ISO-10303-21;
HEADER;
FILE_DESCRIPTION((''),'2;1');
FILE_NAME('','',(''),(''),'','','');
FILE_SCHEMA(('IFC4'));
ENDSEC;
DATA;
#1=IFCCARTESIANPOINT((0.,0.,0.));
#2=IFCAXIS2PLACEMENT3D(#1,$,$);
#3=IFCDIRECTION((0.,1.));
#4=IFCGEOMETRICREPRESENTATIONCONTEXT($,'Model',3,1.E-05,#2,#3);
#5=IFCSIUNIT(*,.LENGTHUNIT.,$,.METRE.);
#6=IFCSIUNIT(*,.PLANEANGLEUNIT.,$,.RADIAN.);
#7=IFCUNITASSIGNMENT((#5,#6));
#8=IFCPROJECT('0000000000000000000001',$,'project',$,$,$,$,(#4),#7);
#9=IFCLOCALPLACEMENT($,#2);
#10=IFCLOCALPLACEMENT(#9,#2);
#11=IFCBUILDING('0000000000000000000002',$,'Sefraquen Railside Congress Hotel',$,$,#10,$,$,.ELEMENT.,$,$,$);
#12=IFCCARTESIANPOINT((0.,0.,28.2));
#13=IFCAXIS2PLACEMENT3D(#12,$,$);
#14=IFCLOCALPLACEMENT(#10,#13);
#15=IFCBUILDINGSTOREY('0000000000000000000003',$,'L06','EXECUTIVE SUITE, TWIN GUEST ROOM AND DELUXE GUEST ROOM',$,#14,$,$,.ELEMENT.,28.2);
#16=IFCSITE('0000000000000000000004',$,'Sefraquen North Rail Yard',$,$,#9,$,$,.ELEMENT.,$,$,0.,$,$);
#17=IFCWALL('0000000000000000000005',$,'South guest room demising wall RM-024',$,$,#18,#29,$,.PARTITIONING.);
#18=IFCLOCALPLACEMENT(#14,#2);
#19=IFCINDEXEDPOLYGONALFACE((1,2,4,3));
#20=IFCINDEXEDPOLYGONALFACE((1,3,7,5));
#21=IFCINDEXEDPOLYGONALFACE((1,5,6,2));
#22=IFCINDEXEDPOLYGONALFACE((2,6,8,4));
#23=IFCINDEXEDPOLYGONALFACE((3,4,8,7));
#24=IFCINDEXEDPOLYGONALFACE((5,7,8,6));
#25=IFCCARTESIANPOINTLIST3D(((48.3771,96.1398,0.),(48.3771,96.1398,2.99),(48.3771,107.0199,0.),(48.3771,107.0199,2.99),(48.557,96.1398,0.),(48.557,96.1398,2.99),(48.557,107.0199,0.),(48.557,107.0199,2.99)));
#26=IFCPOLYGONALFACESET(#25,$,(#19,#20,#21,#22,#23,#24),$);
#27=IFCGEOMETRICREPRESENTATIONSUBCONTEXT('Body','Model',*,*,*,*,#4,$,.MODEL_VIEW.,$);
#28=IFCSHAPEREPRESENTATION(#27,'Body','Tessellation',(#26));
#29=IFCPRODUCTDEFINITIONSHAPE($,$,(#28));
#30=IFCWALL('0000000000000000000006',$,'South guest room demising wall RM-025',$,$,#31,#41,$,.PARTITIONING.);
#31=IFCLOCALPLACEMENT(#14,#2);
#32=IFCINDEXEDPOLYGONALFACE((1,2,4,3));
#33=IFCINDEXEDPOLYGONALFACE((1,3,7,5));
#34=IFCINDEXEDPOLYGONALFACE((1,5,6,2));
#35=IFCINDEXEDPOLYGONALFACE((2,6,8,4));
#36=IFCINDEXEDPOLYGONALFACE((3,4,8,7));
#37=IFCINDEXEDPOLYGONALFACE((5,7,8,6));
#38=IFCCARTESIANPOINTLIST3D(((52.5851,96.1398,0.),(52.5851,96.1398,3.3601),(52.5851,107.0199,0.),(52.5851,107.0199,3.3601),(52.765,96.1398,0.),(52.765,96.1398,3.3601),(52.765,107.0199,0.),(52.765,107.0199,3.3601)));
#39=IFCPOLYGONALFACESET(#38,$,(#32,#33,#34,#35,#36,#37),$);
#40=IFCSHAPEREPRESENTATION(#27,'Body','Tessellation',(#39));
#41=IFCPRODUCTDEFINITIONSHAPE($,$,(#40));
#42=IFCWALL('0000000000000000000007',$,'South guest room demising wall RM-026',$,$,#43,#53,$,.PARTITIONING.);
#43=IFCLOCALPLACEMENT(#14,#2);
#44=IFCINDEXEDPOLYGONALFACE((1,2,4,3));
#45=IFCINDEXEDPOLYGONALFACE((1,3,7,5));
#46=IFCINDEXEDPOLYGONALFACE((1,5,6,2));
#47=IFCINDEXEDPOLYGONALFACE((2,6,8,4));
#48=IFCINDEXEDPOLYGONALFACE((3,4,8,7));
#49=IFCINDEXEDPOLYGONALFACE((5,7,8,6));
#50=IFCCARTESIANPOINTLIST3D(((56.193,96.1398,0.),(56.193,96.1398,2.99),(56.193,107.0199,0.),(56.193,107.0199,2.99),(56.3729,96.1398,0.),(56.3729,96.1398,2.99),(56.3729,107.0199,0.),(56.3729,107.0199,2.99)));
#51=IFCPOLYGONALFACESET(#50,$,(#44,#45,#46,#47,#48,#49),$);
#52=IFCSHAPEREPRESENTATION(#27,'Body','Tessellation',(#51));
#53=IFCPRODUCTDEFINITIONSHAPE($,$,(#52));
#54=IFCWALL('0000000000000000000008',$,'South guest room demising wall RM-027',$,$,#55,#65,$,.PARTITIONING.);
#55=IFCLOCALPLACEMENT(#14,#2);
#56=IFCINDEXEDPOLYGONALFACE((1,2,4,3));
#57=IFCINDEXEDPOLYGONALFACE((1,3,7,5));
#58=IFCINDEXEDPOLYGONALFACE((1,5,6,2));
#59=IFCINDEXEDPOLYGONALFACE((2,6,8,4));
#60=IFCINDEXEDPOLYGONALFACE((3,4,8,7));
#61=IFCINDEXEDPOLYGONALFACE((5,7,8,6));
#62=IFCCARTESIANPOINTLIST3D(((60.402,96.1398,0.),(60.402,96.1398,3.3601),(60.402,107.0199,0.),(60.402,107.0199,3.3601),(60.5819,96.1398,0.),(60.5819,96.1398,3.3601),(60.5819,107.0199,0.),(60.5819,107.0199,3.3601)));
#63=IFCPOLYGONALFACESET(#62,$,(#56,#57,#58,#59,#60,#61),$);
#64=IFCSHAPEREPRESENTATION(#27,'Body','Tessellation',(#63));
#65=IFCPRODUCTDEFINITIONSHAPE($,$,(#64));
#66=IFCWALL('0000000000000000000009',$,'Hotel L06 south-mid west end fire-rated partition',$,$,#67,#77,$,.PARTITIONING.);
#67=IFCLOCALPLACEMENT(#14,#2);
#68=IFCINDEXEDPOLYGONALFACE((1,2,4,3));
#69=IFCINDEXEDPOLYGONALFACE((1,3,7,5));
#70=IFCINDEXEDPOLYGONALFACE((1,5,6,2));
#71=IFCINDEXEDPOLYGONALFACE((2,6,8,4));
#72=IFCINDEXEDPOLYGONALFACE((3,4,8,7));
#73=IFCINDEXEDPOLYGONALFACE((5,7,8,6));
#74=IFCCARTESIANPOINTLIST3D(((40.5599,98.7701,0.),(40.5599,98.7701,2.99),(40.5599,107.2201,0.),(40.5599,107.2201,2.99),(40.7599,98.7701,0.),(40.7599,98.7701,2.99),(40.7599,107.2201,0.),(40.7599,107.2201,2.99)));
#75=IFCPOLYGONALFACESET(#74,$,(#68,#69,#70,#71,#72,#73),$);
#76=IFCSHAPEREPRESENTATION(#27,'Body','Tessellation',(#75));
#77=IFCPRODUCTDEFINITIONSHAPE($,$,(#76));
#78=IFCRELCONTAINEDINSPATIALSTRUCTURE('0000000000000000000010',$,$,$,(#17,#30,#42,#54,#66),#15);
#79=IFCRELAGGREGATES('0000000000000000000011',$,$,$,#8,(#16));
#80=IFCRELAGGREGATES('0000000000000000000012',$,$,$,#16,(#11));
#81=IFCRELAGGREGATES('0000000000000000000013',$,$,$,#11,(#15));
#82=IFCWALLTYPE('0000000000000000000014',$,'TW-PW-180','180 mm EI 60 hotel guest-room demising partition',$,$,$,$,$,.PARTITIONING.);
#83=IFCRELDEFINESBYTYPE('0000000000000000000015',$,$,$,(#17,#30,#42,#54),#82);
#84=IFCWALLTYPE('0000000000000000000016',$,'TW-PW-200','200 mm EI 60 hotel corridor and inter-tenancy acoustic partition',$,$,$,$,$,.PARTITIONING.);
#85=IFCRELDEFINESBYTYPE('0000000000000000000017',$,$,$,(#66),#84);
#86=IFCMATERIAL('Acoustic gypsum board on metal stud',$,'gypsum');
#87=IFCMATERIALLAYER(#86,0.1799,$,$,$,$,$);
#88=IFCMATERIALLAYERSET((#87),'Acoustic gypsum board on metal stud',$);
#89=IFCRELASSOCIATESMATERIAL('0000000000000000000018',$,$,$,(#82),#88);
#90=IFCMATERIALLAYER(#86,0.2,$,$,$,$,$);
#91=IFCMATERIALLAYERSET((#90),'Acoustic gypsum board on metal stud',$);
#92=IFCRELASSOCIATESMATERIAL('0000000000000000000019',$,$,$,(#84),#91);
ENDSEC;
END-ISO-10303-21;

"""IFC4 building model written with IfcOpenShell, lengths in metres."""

from ifc_helpers import new_model, si_unit, direction, frame, frame_2d, origin, place, context, subcontext, project, spatial, rectangle, extrude, material, layer, layer_set, type_object, element, save


model = new_model("IFC4")

# Units and contexts
model_context = context("Model", 3, precision=1e-05, world=origin(), true_north=direction((0.0, 1.0)))
body_context = subcontext(model_context, "Body", "Model", "MODEL_VIEW")
ifc_project = project(units=[si_unit("LENGTHUNIT", "METRE"), si_unit("PLANEANGLEUNIT", "RADIAN")], contexts=[model_context])

# Site, building, storey
site_placement = place(None, origin())
site = spatial("IfcSite", under=ifc_project, at=site_placement, Name="Sefraquen North Rail Yard", CompositionType="ELEMENT", RefElevation=0.0)
building_placement = place(site_placement, origin())
building = spatial("IfcBuilding", under=site, at=building_placement, Name="Sefraquen Railside Congress Hotel", CompositionType="ELEMENT")
storey_placement = place(building_placement, frame((0.0, 0.0, 28.2)))
storey = spatial("IfcBuildingStorey", under=building, at=storey_placement, Name="L06", Description="EXECUTIVE SUITE, TWIN GUEST ROOM AND DELUXE GUEST ROOM", CompositionType="ELEMENT", Elevation=28.2)

# Walls
ifc_material_1 = material(Name="Acoustic gypsum board on metal stud", Category="gypsum")
ifc_layer_1 = layer(ifc_material_1, 0.1799)
ifc_layer_set_1 = layer_set([ifc_layer_1], Name="Acoustic gypsum board on metal stud")
wall_type_1 = type_object("IfcWallType", Name="TW-PW-180", Description="180 mm EI 60 hotel guest-room demising partition", PredefinedType="PARTITIONING", material=ifc_layer_set_1)
wall_1_placement = place(storey_placement, frame((48.467, 96.1399, 0.0), z_axis=(0.0, 0.0, 1.0), x_axis=(0.0, 1.0, 0.0)))
element("IfcWall", 1, at=wall_1_placement, inside=storey, type_object=wall_type_1, Name="South guest room demising wall RM-024", PredefinedType="PARTITIONING", context=body_context, shape_type="SweptSolid", body=[
    extrude(rectangle(XDim=10.8801, YDim=0.1799, at=frame_2d((5.4399, 0.0))), origin(), (0.0, 0.0, 1.0), 2.99),
])
wall_2_placement = place(storey_placement, frame((52.675, 96.1399, 0.0), z_axis=(0.0, 0.0, 1.0), x_axis=(0.0, 1.0, 0.0)))
element("IfcWall", 2, at=wall_2_placement, inside=storey, type_object=wall_type_1, Name="South guest room demising wall RM-025", PredefinedType="PARTITIONING", context=body_context, shape_type="SweptSolid", body=[
    extrude(rectangle(XDim=10.8801, YDim=0.1799, at=frame_2d((5.4399, 0.0))), origin(), (0.0, 0.0, 1.0), 3.3601),
])
wall_3_placement = place(storey_placement, frame((56.283, 96.1399, 0.0), z_axis=(0.0, 0.0, 1.0), x_axis=(0.0, 1.0, 0.0)))
element("IfcWall", 3, at=wall_3_placement, inside=storey, type_object=wall_type_1, Name="South guest room demising wall RM-026", PredefinedType="PARTITIONING", context=body_context, shape_type="SweptSolid", body=[
    extrude(rectangle(XDim=10.8801, YDim=0.1799, at=frame_2d((5.4399, 0.0))), origin(), (0.0, 0.0, 1.0), 2.99),
])
wall_4_placement = place(storey_placement, frame((60.4919, 96.1399, 0.0), z_axis=(0.0, 0.0, 1.0), x_axis=(0.0, 1.0, 0.0)))
element("IfcWall", 4, at=wall_4_placement, inside=storey, type_object=wall_type_1, Name="South guest room demising wall RM-027", PredefinedType="PARTITIONING", context=body_context, shape_type="SweptSolid", body=[
    extrude(rectangle(XDim=10.8801, YDim=0.1799, at=frame_2d((5.4399, 0.0))), origin(), (0.0, 0.0, 1.0), 3.3601),
])
ifc_layer_2 = layer(ifc_material_1, 0.2)
ifc_layer_set_2 = layer_set([ifc_layer_2], Name="Acoustic gypsum board on metal stud")
wall_type_2 = type_object("IfcWallType", Name="TW-PW-200", Description="200 mm EI 60 hotel corridor and inter-tenancy acoustic partition", PredefinedType="PARTITIONING", material=ifc_layer_set_2)
wall_5_placement = place(storey_placement, frame((40.6599, 98.77, 0.0), z_axis=(0.0, 0.0, 1.0), x_axis=(0.0, 1.0, 0.0)))
element("IfcWall", 5, at=wall_5_placement, inside=storey, type_object=wall_type_2, Name="Hotel L06 south-mid west end fire-rated partition", PredefinedType="PARTITIONING", context=body_context, shape_type="SweptSolid", body=[
    extrude(rectangle(XDim=8.45, YDim=0.2, at=frame_2d((4.2251, 0.0))), origin(), (0.0, 0.0, 1.0), 2.99),
])

save(model, "model.ifc")
